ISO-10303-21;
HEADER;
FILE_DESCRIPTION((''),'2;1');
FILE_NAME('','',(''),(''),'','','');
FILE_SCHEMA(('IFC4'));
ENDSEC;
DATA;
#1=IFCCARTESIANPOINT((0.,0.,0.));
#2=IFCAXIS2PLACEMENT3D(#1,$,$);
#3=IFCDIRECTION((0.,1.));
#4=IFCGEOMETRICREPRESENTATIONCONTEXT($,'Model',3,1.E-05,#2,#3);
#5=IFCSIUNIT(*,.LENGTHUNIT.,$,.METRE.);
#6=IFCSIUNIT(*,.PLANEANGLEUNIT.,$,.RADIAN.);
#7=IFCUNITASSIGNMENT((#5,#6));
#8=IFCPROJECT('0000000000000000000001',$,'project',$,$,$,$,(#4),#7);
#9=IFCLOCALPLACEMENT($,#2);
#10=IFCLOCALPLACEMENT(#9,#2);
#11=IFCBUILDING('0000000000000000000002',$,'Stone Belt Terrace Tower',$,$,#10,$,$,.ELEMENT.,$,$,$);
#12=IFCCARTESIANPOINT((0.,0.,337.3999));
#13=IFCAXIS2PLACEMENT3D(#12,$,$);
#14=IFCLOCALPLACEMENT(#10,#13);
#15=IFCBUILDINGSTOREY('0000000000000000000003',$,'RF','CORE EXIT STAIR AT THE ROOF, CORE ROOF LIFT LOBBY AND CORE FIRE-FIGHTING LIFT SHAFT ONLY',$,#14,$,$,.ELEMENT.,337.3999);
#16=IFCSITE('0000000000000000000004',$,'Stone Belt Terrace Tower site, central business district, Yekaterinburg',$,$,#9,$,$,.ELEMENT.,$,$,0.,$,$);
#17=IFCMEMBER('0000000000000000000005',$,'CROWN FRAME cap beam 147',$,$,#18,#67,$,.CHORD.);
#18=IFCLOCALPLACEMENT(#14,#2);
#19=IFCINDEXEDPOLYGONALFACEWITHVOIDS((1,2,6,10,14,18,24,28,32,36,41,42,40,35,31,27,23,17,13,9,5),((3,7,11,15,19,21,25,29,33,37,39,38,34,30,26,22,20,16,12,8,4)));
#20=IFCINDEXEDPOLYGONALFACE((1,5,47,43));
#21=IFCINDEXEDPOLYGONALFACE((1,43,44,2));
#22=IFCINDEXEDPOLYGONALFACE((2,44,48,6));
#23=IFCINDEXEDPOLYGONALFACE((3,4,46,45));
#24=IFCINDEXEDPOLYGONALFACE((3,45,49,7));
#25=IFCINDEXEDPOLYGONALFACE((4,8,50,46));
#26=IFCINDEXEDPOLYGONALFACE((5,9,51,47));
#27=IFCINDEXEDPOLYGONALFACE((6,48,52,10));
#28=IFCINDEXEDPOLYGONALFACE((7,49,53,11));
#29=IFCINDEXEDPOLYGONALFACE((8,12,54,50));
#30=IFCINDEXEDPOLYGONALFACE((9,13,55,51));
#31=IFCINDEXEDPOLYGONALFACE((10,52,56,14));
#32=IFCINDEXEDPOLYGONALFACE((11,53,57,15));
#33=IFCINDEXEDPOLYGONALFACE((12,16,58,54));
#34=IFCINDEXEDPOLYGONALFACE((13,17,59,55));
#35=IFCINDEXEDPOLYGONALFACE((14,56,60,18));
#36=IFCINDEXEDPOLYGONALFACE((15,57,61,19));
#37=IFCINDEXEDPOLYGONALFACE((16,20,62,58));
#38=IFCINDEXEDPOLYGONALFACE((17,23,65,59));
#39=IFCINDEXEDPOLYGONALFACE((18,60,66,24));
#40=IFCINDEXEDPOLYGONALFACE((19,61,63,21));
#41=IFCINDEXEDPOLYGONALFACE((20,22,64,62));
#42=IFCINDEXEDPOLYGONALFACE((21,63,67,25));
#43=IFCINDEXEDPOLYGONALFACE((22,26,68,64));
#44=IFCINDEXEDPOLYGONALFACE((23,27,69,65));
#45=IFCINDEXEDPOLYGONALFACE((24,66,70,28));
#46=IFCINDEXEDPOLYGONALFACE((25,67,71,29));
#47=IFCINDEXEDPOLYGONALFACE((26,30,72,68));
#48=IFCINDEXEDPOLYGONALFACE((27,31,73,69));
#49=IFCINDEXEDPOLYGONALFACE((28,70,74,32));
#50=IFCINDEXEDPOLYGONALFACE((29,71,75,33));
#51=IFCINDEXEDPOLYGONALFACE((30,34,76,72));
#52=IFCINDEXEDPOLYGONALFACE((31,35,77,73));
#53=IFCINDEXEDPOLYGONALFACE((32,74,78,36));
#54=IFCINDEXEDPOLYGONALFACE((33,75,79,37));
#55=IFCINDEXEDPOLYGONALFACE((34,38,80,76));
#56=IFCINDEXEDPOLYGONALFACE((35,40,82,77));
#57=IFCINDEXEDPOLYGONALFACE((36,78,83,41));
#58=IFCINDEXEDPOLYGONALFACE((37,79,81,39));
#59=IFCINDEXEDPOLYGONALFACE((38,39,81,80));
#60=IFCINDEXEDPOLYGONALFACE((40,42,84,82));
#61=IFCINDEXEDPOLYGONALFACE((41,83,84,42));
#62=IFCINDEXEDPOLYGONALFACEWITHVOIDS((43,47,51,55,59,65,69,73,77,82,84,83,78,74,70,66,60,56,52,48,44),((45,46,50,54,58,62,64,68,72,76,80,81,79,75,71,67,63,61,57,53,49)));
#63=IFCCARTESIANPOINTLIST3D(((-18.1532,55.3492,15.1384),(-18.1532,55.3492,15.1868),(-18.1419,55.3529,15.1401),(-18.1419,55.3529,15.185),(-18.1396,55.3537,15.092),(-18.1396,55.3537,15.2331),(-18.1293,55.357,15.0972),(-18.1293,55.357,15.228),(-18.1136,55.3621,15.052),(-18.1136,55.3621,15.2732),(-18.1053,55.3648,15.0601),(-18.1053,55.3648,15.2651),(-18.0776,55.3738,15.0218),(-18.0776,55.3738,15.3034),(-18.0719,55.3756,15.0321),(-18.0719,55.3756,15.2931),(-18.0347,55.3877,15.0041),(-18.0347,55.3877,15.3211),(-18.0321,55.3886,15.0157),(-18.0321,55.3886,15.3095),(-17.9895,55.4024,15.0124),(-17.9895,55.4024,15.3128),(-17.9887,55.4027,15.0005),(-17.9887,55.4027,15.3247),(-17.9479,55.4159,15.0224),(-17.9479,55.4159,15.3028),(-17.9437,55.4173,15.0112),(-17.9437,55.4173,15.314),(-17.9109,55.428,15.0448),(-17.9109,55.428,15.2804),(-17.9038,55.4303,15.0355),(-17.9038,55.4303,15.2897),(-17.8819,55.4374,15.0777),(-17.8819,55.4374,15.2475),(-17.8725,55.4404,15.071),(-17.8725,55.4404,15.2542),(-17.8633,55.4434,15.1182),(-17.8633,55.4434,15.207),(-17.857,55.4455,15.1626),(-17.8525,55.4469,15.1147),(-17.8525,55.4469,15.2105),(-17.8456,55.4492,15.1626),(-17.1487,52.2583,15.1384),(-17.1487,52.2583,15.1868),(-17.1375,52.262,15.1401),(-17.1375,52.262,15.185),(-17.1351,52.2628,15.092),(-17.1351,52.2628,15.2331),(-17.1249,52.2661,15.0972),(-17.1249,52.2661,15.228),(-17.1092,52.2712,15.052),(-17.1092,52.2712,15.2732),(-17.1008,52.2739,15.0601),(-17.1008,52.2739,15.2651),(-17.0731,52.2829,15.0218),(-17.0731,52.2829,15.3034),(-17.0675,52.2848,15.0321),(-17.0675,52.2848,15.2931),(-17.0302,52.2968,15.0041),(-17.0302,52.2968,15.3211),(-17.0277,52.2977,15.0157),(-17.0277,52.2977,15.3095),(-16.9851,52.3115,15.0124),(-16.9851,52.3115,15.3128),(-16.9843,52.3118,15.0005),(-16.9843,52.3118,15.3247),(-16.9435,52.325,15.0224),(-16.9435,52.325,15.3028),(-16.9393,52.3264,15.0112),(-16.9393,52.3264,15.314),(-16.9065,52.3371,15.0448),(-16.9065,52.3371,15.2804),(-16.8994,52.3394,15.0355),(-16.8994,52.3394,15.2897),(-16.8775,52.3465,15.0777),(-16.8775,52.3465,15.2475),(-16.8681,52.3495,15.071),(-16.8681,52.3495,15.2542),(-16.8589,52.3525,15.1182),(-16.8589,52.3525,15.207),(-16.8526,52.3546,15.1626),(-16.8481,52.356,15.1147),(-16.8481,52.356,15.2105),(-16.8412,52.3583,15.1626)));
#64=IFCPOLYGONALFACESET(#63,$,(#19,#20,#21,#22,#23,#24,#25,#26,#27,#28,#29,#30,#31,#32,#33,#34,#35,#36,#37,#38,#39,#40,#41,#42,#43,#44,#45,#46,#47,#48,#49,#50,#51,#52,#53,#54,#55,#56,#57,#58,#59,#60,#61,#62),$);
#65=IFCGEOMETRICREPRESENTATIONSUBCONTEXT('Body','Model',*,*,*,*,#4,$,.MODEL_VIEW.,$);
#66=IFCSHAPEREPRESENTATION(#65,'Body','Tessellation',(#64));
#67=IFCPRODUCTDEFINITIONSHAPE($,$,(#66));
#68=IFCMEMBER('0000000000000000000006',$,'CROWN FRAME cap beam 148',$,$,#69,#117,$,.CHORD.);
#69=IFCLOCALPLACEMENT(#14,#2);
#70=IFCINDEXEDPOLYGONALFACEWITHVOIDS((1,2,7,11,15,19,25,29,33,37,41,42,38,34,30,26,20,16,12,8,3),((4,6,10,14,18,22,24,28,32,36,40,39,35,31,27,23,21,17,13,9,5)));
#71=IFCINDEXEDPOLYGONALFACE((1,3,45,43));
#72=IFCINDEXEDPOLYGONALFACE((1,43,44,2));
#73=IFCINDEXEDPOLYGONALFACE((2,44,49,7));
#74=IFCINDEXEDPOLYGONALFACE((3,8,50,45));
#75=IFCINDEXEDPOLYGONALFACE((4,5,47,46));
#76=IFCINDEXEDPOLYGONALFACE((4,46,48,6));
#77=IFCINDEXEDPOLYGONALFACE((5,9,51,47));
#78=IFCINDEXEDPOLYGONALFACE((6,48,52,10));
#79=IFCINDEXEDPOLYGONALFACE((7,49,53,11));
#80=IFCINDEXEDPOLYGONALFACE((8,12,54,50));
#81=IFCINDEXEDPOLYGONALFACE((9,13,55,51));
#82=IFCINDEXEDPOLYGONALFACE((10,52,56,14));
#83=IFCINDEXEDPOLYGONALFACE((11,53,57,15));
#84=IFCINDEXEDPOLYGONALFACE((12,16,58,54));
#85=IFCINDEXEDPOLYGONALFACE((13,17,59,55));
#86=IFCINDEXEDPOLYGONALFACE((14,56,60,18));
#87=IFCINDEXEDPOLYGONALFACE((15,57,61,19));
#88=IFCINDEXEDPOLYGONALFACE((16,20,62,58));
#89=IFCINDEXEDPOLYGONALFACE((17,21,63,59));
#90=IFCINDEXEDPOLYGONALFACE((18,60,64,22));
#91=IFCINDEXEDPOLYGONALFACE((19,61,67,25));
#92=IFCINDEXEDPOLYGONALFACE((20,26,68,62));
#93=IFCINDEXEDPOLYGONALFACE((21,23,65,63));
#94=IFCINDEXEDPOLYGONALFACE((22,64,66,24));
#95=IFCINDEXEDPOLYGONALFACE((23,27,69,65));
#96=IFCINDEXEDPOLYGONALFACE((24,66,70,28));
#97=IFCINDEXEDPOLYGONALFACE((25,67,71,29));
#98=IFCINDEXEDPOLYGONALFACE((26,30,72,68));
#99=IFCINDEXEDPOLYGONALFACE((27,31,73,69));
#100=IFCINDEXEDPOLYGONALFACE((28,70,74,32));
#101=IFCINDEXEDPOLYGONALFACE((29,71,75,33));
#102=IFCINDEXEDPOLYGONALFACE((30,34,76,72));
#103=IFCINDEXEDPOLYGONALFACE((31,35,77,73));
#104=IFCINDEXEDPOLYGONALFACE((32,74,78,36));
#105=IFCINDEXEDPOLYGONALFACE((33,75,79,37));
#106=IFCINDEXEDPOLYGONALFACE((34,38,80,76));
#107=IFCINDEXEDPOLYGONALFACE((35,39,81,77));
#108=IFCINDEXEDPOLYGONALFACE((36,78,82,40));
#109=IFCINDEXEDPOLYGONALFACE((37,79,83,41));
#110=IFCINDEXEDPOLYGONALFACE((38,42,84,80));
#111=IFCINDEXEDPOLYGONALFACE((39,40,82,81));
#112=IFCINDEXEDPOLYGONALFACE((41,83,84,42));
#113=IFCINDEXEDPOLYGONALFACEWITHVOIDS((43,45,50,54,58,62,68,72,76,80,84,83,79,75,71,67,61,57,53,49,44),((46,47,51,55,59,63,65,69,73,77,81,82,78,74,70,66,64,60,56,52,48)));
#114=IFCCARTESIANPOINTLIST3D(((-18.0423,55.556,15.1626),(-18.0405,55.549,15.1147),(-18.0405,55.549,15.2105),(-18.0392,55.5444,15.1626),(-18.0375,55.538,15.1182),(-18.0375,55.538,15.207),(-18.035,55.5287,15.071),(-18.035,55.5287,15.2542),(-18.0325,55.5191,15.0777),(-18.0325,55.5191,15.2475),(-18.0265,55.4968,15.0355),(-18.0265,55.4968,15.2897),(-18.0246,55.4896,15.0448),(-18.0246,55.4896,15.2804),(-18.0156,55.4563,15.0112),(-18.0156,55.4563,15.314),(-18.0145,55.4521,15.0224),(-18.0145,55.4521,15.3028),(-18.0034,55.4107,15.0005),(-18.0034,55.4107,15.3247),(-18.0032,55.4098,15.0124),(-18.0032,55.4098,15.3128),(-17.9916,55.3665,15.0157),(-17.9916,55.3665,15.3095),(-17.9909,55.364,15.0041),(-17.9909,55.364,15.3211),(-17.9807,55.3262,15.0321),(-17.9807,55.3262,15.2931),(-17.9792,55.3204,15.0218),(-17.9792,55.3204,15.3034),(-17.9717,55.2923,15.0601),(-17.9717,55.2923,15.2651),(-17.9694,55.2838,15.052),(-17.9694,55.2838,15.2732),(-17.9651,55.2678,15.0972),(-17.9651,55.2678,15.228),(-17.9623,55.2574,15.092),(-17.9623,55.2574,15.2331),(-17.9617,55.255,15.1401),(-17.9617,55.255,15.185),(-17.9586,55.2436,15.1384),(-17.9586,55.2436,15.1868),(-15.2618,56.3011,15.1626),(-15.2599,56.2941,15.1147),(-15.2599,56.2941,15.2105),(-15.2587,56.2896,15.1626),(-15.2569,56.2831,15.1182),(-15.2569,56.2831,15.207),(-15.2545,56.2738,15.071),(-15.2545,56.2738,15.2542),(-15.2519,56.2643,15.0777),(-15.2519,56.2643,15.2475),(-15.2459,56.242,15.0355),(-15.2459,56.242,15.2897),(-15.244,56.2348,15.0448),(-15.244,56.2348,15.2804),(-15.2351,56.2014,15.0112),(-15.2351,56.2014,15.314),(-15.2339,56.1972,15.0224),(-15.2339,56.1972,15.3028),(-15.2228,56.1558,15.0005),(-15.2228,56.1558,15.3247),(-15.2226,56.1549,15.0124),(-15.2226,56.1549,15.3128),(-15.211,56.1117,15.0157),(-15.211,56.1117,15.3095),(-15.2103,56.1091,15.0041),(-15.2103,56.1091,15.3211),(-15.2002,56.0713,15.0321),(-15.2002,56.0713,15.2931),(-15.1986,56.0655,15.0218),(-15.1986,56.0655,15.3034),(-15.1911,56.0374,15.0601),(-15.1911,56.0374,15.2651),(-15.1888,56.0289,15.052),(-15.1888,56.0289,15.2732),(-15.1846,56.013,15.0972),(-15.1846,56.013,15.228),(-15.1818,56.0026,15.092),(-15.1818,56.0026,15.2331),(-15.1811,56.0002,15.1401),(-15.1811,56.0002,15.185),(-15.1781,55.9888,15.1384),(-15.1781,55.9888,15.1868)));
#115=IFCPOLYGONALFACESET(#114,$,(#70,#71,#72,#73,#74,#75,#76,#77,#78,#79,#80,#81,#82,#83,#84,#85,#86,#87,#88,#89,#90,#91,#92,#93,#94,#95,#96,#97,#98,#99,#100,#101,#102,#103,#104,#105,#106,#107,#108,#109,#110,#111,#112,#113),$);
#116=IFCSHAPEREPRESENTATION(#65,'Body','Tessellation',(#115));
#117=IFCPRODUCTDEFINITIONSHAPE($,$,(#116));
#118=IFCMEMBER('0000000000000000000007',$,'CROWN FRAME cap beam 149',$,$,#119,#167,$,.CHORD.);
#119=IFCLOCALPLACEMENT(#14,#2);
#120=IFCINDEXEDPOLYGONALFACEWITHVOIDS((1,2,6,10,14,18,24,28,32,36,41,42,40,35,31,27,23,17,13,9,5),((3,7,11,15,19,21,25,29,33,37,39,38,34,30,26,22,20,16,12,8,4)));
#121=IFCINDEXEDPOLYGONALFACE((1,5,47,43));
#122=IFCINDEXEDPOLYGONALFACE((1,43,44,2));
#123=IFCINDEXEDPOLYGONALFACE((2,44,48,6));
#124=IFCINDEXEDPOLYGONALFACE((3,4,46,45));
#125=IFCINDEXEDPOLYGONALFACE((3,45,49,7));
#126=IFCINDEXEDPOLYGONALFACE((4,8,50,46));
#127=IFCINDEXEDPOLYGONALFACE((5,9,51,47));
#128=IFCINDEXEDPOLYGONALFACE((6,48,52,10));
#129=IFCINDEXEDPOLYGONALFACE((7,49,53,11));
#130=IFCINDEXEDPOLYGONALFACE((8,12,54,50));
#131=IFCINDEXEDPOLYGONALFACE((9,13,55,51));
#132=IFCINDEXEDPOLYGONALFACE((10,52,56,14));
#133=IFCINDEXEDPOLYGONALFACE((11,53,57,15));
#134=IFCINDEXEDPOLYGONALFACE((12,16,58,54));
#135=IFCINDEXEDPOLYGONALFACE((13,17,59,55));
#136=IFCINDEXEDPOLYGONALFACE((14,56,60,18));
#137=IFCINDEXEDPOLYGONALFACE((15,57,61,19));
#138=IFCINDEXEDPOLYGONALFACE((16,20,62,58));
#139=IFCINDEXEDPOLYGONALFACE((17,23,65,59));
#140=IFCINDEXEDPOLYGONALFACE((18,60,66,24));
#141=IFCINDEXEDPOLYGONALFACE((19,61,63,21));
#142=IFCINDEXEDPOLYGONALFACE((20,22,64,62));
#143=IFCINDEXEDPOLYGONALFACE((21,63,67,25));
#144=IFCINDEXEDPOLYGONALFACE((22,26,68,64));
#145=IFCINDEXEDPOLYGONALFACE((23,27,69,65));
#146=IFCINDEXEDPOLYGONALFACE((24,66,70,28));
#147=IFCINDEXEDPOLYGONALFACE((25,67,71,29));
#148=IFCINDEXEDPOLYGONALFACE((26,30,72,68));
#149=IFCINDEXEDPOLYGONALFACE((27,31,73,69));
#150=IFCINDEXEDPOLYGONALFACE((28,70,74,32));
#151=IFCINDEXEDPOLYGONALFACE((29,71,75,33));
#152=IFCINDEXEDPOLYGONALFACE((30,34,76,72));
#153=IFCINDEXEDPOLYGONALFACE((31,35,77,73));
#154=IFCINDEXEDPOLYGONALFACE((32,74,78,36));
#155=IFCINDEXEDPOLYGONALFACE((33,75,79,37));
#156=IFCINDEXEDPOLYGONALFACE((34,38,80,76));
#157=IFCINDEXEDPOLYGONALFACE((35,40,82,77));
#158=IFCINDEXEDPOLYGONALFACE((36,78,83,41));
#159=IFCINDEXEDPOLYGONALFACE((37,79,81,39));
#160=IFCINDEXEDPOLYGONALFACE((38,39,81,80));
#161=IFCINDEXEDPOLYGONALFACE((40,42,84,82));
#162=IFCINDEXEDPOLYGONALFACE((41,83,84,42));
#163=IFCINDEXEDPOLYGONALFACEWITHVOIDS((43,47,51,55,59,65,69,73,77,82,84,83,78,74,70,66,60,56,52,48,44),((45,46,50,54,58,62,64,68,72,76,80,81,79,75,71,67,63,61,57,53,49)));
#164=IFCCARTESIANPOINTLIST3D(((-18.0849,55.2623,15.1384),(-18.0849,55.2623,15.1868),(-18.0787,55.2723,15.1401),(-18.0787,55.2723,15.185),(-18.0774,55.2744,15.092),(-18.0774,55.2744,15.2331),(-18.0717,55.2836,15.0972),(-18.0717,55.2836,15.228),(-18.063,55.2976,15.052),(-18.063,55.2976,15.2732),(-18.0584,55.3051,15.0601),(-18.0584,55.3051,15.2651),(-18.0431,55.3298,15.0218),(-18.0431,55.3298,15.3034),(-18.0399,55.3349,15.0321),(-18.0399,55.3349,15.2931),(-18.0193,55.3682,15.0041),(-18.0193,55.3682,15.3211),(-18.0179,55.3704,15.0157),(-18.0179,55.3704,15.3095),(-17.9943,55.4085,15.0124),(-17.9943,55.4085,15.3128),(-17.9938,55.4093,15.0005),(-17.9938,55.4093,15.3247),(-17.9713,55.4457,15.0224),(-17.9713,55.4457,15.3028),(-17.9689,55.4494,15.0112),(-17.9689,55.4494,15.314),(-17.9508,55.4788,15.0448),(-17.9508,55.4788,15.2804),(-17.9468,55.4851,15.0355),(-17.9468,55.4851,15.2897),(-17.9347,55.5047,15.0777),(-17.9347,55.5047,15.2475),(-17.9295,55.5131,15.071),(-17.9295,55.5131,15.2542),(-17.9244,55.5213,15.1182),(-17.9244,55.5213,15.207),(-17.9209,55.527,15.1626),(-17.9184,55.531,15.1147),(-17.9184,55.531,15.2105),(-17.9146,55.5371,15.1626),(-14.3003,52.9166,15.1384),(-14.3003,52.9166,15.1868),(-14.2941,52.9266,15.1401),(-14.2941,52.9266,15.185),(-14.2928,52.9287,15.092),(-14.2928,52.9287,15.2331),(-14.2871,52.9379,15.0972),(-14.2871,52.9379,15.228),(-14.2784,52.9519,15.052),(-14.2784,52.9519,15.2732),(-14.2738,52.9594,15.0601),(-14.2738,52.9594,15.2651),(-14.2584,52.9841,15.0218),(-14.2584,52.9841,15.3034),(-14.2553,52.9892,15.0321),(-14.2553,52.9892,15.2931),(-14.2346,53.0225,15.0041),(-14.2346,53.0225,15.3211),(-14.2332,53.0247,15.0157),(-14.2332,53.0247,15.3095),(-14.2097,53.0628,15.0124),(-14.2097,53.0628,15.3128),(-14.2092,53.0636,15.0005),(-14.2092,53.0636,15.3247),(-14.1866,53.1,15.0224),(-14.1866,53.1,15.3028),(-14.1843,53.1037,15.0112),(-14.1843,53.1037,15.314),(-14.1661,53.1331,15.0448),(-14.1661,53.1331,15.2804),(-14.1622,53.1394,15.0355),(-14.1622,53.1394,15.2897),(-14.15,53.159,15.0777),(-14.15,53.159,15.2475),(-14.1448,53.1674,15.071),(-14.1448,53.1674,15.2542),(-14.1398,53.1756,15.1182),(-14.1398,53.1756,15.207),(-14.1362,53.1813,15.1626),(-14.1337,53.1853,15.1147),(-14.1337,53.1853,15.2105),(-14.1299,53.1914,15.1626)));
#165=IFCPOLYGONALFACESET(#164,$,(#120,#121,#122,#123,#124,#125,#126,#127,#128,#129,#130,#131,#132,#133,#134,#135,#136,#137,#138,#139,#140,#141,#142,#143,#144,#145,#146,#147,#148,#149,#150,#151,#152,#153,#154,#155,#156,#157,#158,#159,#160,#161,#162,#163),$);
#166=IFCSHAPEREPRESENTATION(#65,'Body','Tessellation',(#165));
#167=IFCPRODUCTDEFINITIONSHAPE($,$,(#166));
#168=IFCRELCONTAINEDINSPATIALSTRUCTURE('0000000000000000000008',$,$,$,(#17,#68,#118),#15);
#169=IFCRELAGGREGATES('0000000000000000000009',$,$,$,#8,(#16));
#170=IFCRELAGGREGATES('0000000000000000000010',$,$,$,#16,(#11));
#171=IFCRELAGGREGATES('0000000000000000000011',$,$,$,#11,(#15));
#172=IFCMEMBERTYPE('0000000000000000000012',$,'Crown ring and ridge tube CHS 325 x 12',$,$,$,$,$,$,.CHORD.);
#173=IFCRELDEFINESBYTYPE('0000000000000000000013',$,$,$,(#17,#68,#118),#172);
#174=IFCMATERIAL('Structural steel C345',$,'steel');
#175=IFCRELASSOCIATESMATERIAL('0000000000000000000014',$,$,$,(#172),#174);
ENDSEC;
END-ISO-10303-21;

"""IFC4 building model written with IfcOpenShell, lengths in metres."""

from ifc_helpers import new_model, si_unit, direction, frame, origin, origin_2d, place, context, subcontext, project, spatial, hollow_circle, extrude, material, material_profile, profile_set, type_object, element, save


model = new_model("IFC4")

# Units and contexts
model_context = context("Model", 3, precision=1e-05, world=origin(), true_north=direction((0.0, 1.0)))
body_context = subcontext(model_context, "Body", "Model", "MODEL_VIEW")
ifc_project = project(units=[si_unit("LENGTHUNIT", "METRE"), si_unit("PLANEANGLEUNIT", "RADIAN")], contexts=[model_context])

# Site, building, storey
site_placement = place(None, origin())
site = spatial("IfcSite", under=ifc_project, at=site_placement, Name="Stone Belt Terrace Tower site, central business district, Yekaterinburg", CompositionType="ELEMENT", RefElevation=0.0)
building_placement = place(site_placement, origin())
building = spatial("IfcBuilding", under=site, at=building_placement, Name="Stone Belt Terrace Tower", CompositionType="ELEMENT")
storey_placement = place(building_placement, frame((0.0, 0.0, 337.3999)))
storey = spatial("IfcBuildingStorey", under=building, at=storey_placement, Name="RF", Description="CORE EXIT STAIR AT THE ROOF, CORE ROOF LIFT LOBBY AND CORE FIRE-FIGHTING LIFT SHAFT ONLY", CompositionType="ELEMENT", Elevation=337.3999)

# Members
ifc_material_1 = material(Name="Structural steel C345", Category="steel")
ifc_material_profile = material_profile(ifc_material_1, hollow_circle(Radius=0.1626, WallThickness=0.012, at=origin_2d()), Name="Structural steel C345 CHS 325x12")
ifc_profile_set = profile_set([ifc_material_profile], Name="Structural steel C345")
member_type = type_object("IfcMemberType", Name="Crown ring and ridge tube CHS 325 x 12", PredefinedType="CHORD", material=ifc_profile_set)
for number, where, z_axis, x_axis, name in (
    (1, (-18.0002, 55.3989, 15.1626), (0.309052, -0.951045, 0.0), (0.951045, 0.309052, 0.0), "CROWN FRAME cap beam 147"),
):
    element("IfcMember", number, at=place(storey_placement, frame(where, z_axis=z_axis, x_axis=x_axis)), inside=storey, type_object=member_type, Name=name, PredefinedType="CHORD", context=body_context, shape_type="SweptSolid", body=[
        extrude(hollow_circle(Radius=0.1626, WallThickness=0.012, at=origin_2d()), origin(), (0.0, 0.0, 1.0), 3.25),
    ])
member_1_placement = place(storey_placement, frame((-18.0002, 55.3989, 15.1626), z_axis=(0.965919, 0.258845, 0.0), x_axis=(-0.258845, 0.965919, 0.0)))
element("IfcMember", 2, at=member_1_placement, inside=storey, type_object=member_type, Name="CROWN FRAME cap beam 148", PredefinedType="CHORD", context=body_context, shape_type="SweptSolid", body=[
    extrude(hollow_circle(Radius=0.1626, WallThickness=0.012, at=origin_2d()), origin(), (0.0, 0.0, 1.0), 2.8787),
])
member_2_placement = place(storey_placement, frame((-18.0002, 55.3989, 15.1626), z_axis=(0.849982, -0.526811, 0.0), x_axis=(0.526811, 0.849982, 0.0)))
element("IfcMember", 3, at=member_2_placement, inside=storey, type_object=member_type, Name="CROWN FRAME cap beam 149", PredefinedType="CHORD", context=body_context, shape_type="SweptSolid", body=[
    extrude(hollow_circle(Radius=0.1626, WallThickness=0.012, at=origin_2d()), origin(), (0.0, 0.0, 1.0), 4.4526),
])

save(model, "model.ifc")
